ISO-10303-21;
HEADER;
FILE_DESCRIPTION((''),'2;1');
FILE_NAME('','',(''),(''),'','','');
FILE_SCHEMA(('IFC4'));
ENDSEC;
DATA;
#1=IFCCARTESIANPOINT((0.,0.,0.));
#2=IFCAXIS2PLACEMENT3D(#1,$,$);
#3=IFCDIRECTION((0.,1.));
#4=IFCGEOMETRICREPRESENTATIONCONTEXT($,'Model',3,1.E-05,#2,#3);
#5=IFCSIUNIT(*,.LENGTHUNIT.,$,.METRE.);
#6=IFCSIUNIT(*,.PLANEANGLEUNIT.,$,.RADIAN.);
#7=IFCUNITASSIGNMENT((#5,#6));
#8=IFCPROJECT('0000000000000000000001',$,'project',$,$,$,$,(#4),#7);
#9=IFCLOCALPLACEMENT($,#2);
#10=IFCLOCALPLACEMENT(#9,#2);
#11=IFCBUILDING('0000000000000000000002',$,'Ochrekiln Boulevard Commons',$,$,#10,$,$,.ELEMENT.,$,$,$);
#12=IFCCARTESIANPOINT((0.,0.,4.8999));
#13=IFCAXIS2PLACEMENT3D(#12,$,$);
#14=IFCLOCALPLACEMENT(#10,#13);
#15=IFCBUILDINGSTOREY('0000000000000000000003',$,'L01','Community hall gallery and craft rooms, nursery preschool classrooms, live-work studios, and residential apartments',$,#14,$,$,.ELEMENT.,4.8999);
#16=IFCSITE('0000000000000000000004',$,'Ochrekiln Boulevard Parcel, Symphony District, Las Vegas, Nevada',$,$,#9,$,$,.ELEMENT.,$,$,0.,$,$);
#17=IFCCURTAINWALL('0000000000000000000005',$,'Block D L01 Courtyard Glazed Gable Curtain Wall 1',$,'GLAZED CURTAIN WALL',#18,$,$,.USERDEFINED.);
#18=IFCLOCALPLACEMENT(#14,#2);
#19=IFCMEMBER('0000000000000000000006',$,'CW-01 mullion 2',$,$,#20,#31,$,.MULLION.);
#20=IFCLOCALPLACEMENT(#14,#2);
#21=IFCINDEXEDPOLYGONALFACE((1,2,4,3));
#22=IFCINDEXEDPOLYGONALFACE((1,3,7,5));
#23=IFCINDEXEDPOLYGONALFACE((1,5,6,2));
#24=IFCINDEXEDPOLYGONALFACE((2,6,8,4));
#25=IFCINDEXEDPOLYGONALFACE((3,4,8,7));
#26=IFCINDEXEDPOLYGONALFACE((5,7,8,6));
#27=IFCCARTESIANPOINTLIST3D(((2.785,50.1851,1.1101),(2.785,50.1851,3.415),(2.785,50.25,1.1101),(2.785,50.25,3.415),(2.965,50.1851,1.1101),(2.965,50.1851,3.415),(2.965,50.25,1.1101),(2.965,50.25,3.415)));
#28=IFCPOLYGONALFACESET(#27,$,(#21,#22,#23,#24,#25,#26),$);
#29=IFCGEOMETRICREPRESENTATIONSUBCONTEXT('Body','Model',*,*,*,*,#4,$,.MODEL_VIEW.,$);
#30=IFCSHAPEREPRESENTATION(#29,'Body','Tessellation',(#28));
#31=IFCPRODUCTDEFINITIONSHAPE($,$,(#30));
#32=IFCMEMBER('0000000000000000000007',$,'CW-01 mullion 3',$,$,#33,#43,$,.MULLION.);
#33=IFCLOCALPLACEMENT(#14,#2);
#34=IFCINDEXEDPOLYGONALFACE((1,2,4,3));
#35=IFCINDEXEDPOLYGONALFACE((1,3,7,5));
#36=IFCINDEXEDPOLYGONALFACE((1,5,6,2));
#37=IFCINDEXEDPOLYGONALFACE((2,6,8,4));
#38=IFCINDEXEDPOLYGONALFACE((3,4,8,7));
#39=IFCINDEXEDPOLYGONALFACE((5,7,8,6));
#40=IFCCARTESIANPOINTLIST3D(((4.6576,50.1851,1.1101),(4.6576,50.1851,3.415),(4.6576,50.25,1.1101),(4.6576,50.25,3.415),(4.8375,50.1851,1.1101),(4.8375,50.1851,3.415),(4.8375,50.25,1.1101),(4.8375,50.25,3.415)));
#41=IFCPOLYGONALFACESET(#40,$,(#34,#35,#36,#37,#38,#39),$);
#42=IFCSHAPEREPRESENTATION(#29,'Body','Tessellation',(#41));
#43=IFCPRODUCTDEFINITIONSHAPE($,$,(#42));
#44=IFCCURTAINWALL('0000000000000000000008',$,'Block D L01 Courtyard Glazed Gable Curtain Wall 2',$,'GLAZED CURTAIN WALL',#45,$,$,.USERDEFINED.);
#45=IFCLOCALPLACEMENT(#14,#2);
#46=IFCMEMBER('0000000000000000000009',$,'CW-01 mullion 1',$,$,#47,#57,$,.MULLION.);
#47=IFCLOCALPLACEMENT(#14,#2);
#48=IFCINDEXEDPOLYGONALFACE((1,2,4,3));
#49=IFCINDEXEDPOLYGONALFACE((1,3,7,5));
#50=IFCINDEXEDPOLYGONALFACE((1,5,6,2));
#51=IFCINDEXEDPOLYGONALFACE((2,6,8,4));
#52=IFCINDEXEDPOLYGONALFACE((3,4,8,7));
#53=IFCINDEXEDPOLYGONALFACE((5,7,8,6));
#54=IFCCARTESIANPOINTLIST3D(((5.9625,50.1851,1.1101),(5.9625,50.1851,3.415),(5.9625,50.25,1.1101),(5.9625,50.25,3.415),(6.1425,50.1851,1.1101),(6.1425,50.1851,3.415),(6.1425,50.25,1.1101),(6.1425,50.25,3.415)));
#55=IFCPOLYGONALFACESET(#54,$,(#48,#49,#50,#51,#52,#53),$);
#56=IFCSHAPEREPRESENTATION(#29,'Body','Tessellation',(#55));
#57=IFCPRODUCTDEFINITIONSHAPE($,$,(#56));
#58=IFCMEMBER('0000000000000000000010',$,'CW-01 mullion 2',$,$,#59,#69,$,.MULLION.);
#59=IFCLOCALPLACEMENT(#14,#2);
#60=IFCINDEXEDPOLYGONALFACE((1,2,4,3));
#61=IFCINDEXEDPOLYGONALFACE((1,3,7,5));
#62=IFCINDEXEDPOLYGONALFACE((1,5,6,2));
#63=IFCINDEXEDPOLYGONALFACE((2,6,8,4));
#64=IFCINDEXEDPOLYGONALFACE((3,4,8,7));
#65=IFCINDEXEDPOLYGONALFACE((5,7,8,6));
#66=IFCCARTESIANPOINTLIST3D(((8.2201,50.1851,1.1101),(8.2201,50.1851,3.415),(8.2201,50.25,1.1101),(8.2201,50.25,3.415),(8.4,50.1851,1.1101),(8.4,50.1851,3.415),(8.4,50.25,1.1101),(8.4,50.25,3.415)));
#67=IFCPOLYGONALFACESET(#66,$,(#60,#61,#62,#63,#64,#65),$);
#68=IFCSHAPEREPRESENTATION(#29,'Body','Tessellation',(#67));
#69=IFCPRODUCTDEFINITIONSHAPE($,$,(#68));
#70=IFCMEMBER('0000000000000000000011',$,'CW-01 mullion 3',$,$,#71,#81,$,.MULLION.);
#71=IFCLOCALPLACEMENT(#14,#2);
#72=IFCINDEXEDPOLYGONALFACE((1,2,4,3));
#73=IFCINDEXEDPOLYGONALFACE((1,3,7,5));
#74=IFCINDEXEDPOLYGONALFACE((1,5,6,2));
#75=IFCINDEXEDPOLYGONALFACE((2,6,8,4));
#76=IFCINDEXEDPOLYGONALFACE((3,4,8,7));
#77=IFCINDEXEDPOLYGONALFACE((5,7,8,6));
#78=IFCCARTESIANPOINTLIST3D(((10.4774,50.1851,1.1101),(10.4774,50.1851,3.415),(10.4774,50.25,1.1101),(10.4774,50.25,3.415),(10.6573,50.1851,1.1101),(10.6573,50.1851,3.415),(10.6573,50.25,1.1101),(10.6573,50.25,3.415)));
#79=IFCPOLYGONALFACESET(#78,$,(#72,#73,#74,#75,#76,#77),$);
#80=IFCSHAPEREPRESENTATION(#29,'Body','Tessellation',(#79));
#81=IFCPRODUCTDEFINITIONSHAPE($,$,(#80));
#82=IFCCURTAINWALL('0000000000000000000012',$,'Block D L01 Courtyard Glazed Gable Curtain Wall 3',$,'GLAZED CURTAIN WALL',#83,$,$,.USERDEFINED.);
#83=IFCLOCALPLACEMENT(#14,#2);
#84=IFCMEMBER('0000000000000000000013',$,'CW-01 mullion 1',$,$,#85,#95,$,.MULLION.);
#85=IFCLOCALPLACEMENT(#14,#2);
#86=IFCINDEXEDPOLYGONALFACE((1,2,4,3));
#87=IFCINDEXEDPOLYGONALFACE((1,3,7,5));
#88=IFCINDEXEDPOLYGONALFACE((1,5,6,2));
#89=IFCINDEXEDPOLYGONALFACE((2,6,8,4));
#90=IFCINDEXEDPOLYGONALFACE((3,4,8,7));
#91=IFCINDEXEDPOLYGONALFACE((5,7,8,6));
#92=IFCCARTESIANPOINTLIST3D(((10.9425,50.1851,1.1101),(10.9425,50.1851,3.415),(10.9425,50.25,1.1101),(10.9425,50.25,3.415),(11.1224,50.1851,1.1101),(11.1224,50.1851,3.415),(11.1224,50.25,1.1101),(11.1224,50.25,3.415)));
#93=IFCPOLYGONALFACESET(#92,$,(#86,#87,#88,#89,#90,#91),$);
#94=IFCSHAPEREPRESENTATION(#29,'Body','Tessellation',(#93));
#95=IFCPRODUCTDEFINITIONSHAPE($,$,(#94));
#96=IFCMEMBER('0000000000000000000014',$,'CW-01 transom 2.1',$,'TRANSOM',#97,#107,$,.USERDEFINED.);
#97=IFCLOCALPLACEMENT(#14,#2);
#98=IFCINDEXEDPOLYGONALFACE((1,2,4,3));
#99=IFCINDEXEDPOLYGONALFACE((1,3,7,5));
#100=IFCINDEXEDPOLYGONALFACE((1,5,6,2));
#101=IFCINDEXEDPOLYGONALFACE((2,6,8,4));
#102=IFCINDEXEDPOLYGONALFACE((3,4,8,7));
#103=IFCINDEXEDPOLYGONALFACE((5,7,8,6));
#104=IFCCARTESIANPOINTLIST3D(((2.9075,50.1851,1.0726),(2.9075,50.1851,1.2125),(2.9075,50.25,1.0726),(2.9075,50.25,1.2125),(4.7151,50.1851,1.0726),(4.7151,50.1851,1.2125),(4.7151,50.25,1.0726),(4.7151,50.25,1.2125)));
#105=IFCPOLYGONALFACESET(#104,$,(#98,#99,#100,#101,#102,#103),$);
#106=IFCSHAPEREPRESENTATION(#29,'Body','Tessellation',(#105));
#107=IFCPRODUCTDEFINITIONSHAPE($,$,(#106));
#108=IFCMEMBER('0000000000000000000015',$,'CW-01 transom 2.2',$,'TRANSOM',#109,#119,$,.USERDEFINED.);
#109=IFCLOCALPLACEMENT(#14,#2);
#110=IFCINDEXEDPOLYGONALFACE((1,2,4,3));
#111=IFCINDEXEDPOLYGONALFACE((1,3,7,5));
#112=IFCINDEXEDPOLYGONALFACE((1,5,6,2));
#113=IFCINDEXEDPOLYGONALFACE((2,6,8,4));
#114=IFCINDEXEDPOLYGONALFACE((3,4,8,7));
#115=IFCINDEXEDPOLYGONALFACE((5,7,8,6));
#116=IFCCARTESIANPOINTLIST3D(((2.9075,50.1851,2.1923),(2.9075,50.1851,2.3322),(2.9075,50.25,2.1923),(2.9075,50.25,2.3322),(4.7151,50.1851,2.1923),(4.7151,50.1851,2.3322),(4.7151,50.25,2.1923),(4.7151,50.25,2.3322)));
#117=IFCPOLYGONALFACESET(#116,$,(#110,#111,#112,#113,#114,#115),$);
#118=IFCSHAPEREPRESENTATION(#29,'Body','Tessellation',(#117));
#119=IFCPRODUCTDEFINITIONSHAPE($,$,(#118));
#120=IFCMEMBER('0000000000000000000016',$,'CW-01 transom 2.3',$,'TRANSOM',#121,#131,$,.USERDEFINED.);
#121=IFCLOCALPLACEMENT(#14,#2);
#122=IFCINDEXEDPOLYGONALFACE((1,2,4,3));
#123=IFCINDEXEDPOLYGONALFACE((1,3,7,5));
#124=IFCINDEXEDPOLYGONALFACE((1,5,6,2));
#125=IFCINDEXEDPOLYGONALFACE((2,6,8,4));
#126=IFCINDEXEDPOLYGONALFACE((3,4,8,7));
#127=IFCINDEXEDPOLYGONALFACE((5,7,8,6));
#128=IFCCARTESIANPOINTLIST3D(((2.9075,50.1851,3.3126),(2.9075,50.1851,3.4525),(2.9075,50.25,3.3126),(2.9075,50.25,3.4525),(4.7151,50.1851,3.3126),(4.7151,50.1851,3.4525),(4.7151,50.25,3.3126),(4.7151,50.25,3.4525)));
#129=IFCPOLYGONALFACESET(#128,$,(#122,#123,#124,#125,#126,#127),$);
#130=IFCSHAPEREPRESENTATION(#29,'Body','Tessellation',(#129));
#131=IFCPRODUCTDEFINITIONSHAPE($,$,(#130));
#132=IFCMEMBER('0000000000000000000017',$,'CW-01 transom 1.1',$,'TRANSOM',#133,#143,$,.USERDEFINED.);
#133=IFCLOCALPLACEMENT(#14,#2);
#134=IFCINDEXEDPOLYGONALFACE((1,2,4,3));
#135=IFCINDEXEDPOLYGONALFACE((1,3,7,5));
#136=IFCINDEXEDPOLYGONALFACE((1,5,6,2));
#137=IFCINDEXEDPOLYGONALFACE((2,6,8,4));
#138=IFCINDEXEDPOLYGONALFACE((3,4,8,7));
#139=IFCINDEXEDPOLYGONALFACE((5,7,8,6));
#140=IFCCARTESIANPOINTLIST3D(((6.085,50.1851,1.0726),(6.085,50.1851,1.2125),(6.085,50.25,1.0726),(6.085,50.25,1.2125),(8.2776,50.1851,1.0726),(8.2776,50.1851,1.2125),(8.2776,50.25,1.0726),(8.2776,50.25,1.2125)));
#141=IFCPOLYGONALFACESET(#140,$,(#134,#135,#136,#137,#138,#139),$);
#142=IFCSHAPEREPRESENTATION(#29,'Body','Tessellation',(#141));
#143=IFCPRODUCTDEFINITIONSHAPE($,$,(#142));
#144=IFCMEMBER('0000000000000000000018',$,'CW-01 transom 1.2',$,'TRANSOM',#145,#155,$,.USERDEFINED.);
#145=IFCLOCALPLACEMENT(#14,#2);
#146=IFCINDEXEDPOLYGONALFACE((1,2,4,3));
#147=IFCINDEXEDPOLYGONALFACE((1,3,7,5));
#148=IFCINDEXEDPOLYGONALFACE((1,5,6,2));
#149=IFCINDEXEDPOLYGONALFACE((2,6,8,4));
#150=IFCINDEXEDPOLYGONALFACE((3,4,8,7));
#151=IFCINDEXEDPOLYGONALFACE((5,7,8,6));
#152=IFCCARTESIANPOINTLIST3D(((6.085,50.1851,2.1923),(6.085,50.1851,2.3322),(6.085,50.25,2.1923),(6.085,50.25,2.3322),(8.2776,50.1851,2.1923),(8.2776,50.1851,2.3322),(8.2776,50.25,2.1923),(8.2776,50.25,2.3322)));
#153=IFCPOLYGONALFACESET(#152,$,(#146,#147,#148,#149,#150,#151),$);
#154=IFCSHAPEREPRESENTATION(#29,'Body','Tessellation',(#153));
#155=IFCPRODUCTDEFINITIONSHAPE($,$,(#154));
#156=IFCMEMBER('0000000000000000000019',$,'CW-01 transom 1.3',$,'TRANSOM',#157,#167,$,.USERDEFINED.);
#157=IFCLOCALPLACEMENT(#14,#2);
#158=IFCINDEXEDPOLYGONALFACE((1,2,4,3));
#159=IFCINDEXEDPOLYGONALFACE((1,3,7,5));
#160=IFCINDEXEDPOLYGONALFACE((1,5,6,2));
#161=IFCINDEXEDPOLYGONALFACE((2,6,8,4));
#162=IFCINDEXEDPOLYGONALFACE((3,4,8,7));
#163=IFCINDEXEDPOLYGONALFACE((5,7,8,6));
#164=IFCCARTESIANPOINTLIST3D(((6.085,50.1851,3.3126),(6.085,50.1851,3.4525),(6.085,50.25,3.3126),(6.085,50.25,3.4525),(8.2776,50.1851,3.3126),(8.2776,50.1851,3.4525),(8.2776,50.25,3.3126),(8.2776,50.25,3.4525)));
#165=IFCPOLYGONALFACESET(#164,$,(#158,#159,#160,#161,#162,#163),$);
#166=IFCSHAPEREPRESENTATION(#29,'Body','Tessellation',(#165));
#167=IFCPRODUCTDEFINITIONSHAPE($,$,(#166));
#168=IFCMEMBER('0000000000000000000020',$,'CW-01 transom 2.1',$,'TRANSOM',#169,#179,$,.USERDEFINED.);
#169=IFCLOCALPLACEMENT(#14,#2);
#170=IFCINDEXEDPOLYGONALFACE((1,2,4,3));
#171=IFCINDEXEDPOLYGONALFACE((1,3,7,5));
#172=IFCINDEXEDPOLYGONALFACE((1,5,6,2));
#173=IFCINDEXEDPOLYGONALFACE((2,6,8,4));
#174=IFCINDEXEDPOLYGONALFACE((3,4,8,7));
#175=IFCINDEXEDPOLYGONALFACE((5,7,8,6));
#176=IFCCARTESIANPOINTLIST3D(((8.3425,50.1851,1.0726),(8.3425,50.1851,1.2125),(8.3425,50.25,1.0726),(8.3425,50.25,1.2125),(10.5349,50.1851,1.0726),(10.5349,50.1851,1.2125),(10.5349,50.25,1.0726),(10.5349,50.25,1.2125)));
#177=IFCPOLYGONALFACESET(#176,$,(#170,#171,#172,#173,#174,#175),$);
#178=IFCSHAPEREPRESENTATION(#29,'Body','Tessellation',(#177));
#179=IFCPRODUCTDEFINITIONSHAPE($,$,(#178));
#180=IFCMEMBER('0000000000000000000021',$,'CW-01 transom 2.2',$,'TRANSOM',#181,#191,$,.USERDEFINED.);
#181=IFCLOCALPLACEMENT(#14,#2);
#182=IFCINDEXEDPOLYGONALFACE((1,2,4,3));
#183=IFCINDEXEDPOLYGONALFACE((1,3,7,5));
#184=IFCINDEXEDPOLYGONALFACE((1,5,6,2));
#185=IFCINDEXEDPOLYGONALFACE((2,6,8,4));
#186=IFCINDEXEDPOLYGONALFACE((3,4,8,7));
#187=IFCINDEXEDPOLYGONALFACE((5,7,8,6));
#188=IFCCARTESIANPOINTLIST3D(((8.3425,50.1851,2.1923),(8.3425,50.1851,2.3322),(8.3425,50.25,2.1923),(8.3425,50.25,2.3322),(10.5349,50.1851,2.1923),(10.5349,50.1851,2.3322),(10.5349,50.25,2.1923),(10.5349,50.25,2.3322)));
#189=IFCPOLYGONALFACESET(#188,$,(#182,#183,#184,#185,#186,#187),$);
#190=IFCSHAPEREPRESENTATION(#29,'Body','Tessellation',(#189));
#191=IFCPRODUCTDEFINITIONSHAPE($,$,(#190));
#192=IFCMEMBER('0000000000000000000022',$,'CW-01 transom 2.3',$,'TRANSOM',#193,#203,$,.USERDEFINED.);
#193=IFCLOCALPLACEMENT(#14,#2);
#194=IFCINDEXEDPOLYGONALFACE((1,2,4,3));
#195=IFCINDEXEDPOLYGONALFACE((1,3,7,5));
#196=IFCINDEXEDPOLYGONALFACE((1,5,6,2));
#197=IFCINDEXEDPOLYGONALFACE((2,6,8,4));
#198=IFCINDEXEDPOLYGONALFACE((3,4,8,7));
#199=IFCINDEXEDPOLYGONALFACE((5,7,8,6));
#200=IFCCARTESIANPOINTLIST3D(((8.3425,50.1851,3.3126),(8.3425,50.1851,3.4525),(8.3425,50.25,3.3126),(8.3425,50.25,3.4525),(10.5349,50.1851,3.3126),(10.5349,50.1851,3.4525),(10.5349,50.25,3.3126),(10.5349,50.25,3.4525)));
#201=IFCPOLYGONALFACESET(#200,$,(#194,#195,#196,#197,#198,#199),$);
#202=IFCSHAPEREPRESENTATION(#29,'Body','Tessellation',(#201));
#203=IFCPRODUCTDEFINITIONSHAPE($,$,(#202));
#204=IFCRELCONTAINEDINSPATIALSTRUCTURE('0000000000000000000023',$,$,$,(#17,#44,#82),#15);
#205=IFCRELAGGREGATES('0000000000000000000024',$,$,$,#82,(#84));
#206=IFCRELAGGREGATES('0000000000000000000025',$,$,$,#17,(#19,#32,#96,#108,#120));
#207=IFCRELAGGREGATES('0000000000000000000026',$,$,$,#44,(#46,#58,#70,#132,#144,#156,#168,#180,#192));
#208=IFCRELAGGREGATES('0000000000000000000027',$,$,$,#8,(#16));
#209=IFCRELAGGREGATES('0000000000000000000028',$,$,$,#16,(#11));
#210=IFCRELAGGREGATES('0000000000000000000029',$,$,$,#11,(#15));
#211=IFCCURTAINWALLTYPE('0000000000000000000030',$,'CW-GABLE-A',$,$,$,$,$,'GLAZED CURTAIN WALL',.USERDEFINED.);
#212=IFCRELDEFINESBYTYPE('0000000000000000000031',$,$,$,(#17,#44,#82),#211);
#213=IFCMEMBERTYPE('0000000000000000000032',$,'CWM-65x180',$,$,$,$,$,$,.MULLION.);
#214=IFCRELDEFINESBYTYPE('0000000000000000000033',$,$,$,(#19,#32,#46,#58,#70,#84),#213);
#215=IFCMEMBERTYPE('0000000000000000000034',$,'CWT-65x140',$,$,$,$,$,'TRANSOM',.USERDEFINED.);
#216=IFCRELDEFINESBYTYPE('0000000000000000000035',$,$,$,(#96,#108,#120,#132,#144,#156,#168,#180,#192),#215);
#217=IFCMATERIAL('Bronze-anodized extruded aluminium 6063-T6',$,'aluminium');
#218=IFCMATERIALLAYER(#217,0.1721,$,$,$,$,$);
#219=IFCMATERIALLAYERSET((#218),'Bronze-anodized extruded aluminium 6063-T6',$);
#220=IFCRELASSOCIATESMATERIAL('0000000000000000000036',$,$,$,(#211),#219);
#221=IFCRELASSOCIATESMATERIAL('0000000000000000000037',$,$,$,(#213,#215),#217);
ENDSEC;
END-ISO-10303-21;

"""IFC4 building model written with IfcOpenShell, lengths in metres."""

from ifc_helpers import new_model, si_unit, direction, frame, origin, origin_2d, place, context, subcontext, project, spatial, rectangle, extrude, material, layer, layer_set, material_profile, profile_set, type_object, element, aggregate, save


model = new_model("IFC4")

# Units and contexts
model_context = context("Model", 3, precision=1e-05, world=origin(), true_north=direction((0.0, 1.0)))
body_context = subcontext(model_context, "Body", "Model", "MODEL_VIEW")
ifc_project = project(units=[si_unit("LENGTHUNIT", "METRE"), si_unit("PLANEANGLEUNIT", "RADIAN")], contexts=[model_context])

# Site, building, storey
site_placement = place(None, origin())
site = spatial("IfcSite", under=ifc_project, at=site_placement, Name="Ochrekiln Boulevard Parcel, Symphony District, Las Vegas, Nevada", CompositionType="ELEMENT", RefElevation=0.0)
building_placement = place(site_placement, origin())
building = spatial("IfcBuilding", under=site, at=building_placement, Name="Ochrekiln Boulevard Commons", CompositionType="ELEMENT")
storey_placement = place(building_placement, frame((0.0, 0.0, 4.8999)))
storey = spatial("IfcBuildingStorey", under=building, at=storey_placement, Name="L01", Description="Community hall gallery and craft rooms, nursery preschool classrooms, live-work studios, and residential apartments", CompositionType="ELEMENT", Elevation=4.8999)

# Curtain walls, members
ifc_material_1 = material(Name="Bronze-anodized extruded aluminium 6063-T6", Category="aluminium")
ifc_layer_1 = layer(ifc_material_1, 0.1721)
ifc_layer_set_1 = layer_set([ifc_layer_1], Name="Bronze-anodized extruded aluminium 6063-T6")
curtain_wall_type = type_object("IfcCurtainWallType", Name="CW-GABLE-A", ElementType="GLAZED CURTAIN WALL", PredefinedType="USERDEFINED", material=ifc_layer_set_1)
curtain_wall_1_placement = place(storey_placement, origin())
curtain_wall_1 = element("IfcCurtainWall", 1, at=curtain_wall_1_placement, inside=storey, type_object=curtain_wall_type, Name="Block D L01 Courtyard Glazed Gable Curtain Wall 1", ObjectType="GLAZED CURTAIN WALL", PredefinedType="USERDEFINED")
ifc_material_profile_1 = material_profile(ifc_material_1, rectangle(XDim=0.0649, YDim=0.1799, at=origin_2d()), Name="ALU-MUL-65x180")
ifc_profile_set_1 = profile_set([ifc_material_profile_1], Name="Bronze-anodized extruded aluminium 6063-T6")
member_type_1 = type_object("IfcMemberType", Name="CWM-65x180", PredefinedType="MULLION", material=ifc_profile_set_1)
member_1_placement = place(storey_placement, frame((2.875, 50.2175, 1.1101), z_axis=(0.0, 0.0, 1.0), x_axis=(0.0, 1.0, 0.0)))
member_1 = element("IfcMember", 2, at=member_1_placement, type_object=member_type_1, Name="CW-01 mullion 2", PredefinedType="MULLION", context=body_context, shape_type="SweptSolid", body=[
    extrude(rectangle(XDim=0.0649, YDim=0.1799, at=origin_2d()), origin(), (0.0, 0.0, 1.0), 2.3049),
])
member_2_placement = place(storey_placement, frame((4.7476, 50.2175, 1.1101), z_axis=(0.0, 0.0, 1.0), x_axis=(0.0, 1.0, 0.0)))
member_2 = element("IfcMember", 3, at=member_2_placement, type_object=member_type_1, Name="CW-01 mullion 3", PredefinedType="MULLION", context=body_context, shape_type="SweptSolid", body=[
    extrude(rectangle(XDim=0.0649, YDim=0.1799, at=origin_2d()), origin(), (0.0, 0.0, 1.0), 2.3049),
])
curtain_wall_2_placement = place(storey_placement, origin())
curtain_wall_2 = element("IfcCurtainWall", 4, at=curtain_wall_2_placement, inside=storey, type_object=curtain_wall_type, Name="Block D L01 Courtyard Glazed Gable Curtain Wall 2", ObjectType="GLAZED CURTAIN WALL", PredefinedType="USERDEFINED")
member_3_placement = place(storey_placement, frame((6.0525, 50.2175, 1.1101), z_axis=(0.0, 0.0, 1.0), x_axis=(0.0, 1.0, 0.0)))
member_3 = element("IfcMember", 5, at=member_3_placement, type_object=member_type_1, Name="CW-01 mullion 1", PredefinedType="MULLION", context=body_context, shape_type="SweptSolid", body=[
    extrude(rectangle(XDim=0.0649, YDim=0.1799, at=origin_2d()), origin(), (0.0, 0.0, 1.0), 2.3049),
])
member_4_placement = place(storey_placement, frame((8.3101, 50.2175, 1.1101), z_axis=(0.0, 0.0, 1.0), x_axis=(0.0, 1.0, 0.0)))
member_4 = element("IfcMember", 6, at=member_4_placement, type_object=member_type_1, Name="CW-01 mullion 2", PredefinedType="MULLION", context=body_context, shape_type="SweptSolid", body=[
    extrude(rectangle(XDim=0.0649, YDim=0.1799, at=origin_2d()), origin(), (0.0, 0.0, 1.0), 2.3049),
])
member_5_placement = place(storey_placement, frame((10.5674, 50.2175, 1.1101), z_axis=(0.0, 0.0, 1.0), x_axis=(0.0, 1.0, 0.0)))
member_5 = element("IfcMember", 7, at=member_5_placement, type_object=member_type_1, Name="CW-01 mullion 3", PredefinedType="MULLION", context=body_context, shape_type="SweptSolid", body=[
    extrude(rectangle(XDim=0.0649, YDim=0.1799, at=origin_2d()), origin(), (0.0, 0.0, 1.0), 2.3049),
])

# Curtain wall, member
curtain_wall_3_placement = place(storey_placement, origin())
curtain_wall_3 = element("IfcCurtainWall", 8, at=curtain_wall_3_placement, inside=storey, type_object=curtain_wall_type, Name="Block D L01 Courtyard Glazed Gable Curtain Wall 3", ObjectType="GLAZED CURTAIN WALL", PredefinedType="USERDEFINED")
member_6_placement = place(storey_placement, frame((11.0325, 50.2175, 1.1101), z_axis=(0.0, 0.0, 1.0), x_axis=(0.0, 1.0, 0.0)))
member_6 = element("IfcMember", 9, at=member_6_placement, type_object=member_type_1, Name="CW-01 mullion 1", PredefinedType="MULLION", context=body_context, shape_type="SweptSolid", body=[
    extrude(rectangle(XDim=0.0649, YDim=0.1799, at=origin_2d()), origin(), (0.0, 0.0, 1.0), 2.3049),
])

# Members
ifc_material_profile_2 = material_profile(ifc_material_1, rectangle(XDim=0.0649, YDim=0.1399, at=origin_2d()), Name="ALU-TRN-65x140")
ifc_profile_set_2 = profile_set([ifc_material_profile_2], Name="Bronze-anodized extruded aluminium 6063-T6")
member_type_2 = type_object("IfcMemberType", Name="CWT-65x140", ElementType="TRANSOM", PredefinedType="USERDEFINED", material=ifc_profile_set_2)
member_7_placement = place(storey_placement, frame((2.9075, 50.2175, 1.1426), z_axis=(1.0, 0.0, 0.0), x_axis=(0.0, 1.0, 0.0)))
member_7 = element("IfcMember", 10, at=member_7_placement, type_object=member_type_2, Name="CW-01 transom 2.1", ObjectType="TRANSOM", PredefinedType="USERDEFINED", context=body_context, shape_type="SweptSolid", body=[
    extrude(rectangle(XDim=0.0649, YDim=0.1399, at=origin_2d()), origin(), (0.0, 0.0, 1.0), 1.8076),
])
member_8_placement = place(storey_placement, frame((2.9075, 50.2175, 2.2622), z_axis=(1.0, 0.0, 0.0), x_axis=(0.0, 1.0, 0.0)))
member_8 = element("IfcMember", 11, at=member_8_placement, type_object=member_type_2, Name="CW-01 transom 2.2", ObjectType="TRANSOM", PredefinedType="USERDEFINED", context=body_context, shape_type="SweptSolid", body=[
    extrude(rectangle(XDim=0.0649, YDim=0.1399, at=origin_2d()), origin(), (0.0, 0.0, 1.0), 1.8076),
])
member_9_placement = place(storey_placement, frame((2.9075, 50.2175, 3.3826), z_axis=(1.0, 0.0, 0.0), x_axis=(0.0, 1.0, 0.0)))
member_9 = element("IfcMember", 12, at=member_9_placement, type_object=member_type_2, Name="CW-01 transom 2.3", ObjectType="TRANSOM", PredefinedType="USERDEFINED", context=body_context, shape_type="SweptSolid", body=[
    extrude(rectangle(XDim=0.0649, YDim=0.1399, at=origin_2d()), origin(), (0.0, 0.0, 1.0), 1.8076),
])
member_10_placement = place(storey_placement, frame((6.085, 50.2175, 1.1426), z_axis=(1.0, 0.0, 0.0), x_axis=(0.0, 1.0, 0.0)))
member_10 = element("IfcMember", 13, at=member_10_placement, type_object=member_type_2, Name="CW-01 transom 1.1", ObjectType="TRANSOM", PredefinedType="USERDEFINED", context=body_context, shape_type="SweptSolid", body=[
    extrude(rectangle(XDim=0.0649, YDim=0.1399, at=origin_2d()), origin(), (0.0, 0.0, 1.0), 2.1926),
])
member_11_placement = place(storey_placement, frame((6.085, 50.2175, 2.2622), z_axis=(1.0, 0.0, 0.0), x_axis=(0.0, 1.0, 0.0)))
member_11 = element("IfcMember", 14, at=member_11_placement, type_object=member_type_2, Name="CW-01 transom 1.2", ObjectType="TRANSOM", PredefinedType="USERDEFINED", context=body_context, shape_type="SweptSolid", body=[
    extrude(rectangle(XDim=0.0649, YDim=0.1399, at=origin_2d()), origin(), (0.0, 0.0, 1.0), 2.1926),
])
member_12_placement = place(storey_placement, frame((6.085, 50.2175, 3.3826), z_axis=(1.0, 0.0, 0.0), x_axis=(0.0, 1.0, 0.0)))
member_12 = element("IfcMember", 15, at=member_12_placement, type_object=member_type_2, Name="CW-01 transom 1.3", ObjectType="TRANSOM", PredefinedType="USERDEFINED", context=body_context, shape_type="SweptSolid", body=[
    extrude(rectangle(XDim=0.0649, YDim=0.1399, at=origin_2d()), origin(), (0.0, 0.0, 1.0), 2.1926),
])
member_13_placement = place(storey_placement, frame((8.3425, 50.2175, 1.1426), z_axis=(1.0, 0.0, 0.0), x_axis=(0.0, 1.0, 0.0)))
member_13 = element("IfcMember", 16, at=member_13_placement, type_object=member_type_2, Name="CW-01 transom 2.1", ObjectType="TRANSOM", PredefinedType="USERDEFINED", context=body_context, shape_type="SweptSolid", body=[
    extrude(rectangle(XDim=0.0649, YDim=0.1399, at=origin_2d()), origin(), (0.0, 0.0, 1.0), 2.1924),
])
member_14_placement = place(storey_placement, frame((8.3425, 50.2175, 2.2622), z_axis=(1.0, 0.0, 0.0), x_axis=(0.0, 1.0, 0.0)))
member_14 = element("IfcMember", 17, at=member_14_placement, type_object=member_type_2, Name="CW-01 transom 2.2", ObjectType="TRANSOM", PredefinedType="USERDEFINED", context=body_context, shape_type="SweptSolid", body=[
    extrude(rectangle(XDim=0.0649, YDim=0.1399, at=origin_2d()), origin(), (0.0, 0.0, 1.0), 2.1924),
])
member_15_placement = place(storey_placement, frame((8.3425, 50.2175, 3.3826), z_axis=(1.0, 0.0, 0.0), x_axis=(0.0, 1.0, 0.0)))
member_15 = element("IfcMember", 18, at=member_15_placement, type_object=member_type_2, Name="CW-01 transom 2.3", ObjectType="TRANSOM", PredefinedType="USERDEFINED", context=body_context, shape_type="SweptSolid", body=[
    extrude(rectangle(XDim=0.0649, YDim=0.1399, at=origin_2d()), origin(), (0.0, 0.0, 1.0), 2.1924),
])
aggregate(curtain_wall_3, [member_6])

aggregate(curtain_wall_1, [member_1, member_2, member_7, member_8, member_9])
aggregate(curtain_wall_2, [member_3, member_4, member_5, member_10, member_11, member_12, member_13, member_14, member_15])

save(model, "model.ifc")
